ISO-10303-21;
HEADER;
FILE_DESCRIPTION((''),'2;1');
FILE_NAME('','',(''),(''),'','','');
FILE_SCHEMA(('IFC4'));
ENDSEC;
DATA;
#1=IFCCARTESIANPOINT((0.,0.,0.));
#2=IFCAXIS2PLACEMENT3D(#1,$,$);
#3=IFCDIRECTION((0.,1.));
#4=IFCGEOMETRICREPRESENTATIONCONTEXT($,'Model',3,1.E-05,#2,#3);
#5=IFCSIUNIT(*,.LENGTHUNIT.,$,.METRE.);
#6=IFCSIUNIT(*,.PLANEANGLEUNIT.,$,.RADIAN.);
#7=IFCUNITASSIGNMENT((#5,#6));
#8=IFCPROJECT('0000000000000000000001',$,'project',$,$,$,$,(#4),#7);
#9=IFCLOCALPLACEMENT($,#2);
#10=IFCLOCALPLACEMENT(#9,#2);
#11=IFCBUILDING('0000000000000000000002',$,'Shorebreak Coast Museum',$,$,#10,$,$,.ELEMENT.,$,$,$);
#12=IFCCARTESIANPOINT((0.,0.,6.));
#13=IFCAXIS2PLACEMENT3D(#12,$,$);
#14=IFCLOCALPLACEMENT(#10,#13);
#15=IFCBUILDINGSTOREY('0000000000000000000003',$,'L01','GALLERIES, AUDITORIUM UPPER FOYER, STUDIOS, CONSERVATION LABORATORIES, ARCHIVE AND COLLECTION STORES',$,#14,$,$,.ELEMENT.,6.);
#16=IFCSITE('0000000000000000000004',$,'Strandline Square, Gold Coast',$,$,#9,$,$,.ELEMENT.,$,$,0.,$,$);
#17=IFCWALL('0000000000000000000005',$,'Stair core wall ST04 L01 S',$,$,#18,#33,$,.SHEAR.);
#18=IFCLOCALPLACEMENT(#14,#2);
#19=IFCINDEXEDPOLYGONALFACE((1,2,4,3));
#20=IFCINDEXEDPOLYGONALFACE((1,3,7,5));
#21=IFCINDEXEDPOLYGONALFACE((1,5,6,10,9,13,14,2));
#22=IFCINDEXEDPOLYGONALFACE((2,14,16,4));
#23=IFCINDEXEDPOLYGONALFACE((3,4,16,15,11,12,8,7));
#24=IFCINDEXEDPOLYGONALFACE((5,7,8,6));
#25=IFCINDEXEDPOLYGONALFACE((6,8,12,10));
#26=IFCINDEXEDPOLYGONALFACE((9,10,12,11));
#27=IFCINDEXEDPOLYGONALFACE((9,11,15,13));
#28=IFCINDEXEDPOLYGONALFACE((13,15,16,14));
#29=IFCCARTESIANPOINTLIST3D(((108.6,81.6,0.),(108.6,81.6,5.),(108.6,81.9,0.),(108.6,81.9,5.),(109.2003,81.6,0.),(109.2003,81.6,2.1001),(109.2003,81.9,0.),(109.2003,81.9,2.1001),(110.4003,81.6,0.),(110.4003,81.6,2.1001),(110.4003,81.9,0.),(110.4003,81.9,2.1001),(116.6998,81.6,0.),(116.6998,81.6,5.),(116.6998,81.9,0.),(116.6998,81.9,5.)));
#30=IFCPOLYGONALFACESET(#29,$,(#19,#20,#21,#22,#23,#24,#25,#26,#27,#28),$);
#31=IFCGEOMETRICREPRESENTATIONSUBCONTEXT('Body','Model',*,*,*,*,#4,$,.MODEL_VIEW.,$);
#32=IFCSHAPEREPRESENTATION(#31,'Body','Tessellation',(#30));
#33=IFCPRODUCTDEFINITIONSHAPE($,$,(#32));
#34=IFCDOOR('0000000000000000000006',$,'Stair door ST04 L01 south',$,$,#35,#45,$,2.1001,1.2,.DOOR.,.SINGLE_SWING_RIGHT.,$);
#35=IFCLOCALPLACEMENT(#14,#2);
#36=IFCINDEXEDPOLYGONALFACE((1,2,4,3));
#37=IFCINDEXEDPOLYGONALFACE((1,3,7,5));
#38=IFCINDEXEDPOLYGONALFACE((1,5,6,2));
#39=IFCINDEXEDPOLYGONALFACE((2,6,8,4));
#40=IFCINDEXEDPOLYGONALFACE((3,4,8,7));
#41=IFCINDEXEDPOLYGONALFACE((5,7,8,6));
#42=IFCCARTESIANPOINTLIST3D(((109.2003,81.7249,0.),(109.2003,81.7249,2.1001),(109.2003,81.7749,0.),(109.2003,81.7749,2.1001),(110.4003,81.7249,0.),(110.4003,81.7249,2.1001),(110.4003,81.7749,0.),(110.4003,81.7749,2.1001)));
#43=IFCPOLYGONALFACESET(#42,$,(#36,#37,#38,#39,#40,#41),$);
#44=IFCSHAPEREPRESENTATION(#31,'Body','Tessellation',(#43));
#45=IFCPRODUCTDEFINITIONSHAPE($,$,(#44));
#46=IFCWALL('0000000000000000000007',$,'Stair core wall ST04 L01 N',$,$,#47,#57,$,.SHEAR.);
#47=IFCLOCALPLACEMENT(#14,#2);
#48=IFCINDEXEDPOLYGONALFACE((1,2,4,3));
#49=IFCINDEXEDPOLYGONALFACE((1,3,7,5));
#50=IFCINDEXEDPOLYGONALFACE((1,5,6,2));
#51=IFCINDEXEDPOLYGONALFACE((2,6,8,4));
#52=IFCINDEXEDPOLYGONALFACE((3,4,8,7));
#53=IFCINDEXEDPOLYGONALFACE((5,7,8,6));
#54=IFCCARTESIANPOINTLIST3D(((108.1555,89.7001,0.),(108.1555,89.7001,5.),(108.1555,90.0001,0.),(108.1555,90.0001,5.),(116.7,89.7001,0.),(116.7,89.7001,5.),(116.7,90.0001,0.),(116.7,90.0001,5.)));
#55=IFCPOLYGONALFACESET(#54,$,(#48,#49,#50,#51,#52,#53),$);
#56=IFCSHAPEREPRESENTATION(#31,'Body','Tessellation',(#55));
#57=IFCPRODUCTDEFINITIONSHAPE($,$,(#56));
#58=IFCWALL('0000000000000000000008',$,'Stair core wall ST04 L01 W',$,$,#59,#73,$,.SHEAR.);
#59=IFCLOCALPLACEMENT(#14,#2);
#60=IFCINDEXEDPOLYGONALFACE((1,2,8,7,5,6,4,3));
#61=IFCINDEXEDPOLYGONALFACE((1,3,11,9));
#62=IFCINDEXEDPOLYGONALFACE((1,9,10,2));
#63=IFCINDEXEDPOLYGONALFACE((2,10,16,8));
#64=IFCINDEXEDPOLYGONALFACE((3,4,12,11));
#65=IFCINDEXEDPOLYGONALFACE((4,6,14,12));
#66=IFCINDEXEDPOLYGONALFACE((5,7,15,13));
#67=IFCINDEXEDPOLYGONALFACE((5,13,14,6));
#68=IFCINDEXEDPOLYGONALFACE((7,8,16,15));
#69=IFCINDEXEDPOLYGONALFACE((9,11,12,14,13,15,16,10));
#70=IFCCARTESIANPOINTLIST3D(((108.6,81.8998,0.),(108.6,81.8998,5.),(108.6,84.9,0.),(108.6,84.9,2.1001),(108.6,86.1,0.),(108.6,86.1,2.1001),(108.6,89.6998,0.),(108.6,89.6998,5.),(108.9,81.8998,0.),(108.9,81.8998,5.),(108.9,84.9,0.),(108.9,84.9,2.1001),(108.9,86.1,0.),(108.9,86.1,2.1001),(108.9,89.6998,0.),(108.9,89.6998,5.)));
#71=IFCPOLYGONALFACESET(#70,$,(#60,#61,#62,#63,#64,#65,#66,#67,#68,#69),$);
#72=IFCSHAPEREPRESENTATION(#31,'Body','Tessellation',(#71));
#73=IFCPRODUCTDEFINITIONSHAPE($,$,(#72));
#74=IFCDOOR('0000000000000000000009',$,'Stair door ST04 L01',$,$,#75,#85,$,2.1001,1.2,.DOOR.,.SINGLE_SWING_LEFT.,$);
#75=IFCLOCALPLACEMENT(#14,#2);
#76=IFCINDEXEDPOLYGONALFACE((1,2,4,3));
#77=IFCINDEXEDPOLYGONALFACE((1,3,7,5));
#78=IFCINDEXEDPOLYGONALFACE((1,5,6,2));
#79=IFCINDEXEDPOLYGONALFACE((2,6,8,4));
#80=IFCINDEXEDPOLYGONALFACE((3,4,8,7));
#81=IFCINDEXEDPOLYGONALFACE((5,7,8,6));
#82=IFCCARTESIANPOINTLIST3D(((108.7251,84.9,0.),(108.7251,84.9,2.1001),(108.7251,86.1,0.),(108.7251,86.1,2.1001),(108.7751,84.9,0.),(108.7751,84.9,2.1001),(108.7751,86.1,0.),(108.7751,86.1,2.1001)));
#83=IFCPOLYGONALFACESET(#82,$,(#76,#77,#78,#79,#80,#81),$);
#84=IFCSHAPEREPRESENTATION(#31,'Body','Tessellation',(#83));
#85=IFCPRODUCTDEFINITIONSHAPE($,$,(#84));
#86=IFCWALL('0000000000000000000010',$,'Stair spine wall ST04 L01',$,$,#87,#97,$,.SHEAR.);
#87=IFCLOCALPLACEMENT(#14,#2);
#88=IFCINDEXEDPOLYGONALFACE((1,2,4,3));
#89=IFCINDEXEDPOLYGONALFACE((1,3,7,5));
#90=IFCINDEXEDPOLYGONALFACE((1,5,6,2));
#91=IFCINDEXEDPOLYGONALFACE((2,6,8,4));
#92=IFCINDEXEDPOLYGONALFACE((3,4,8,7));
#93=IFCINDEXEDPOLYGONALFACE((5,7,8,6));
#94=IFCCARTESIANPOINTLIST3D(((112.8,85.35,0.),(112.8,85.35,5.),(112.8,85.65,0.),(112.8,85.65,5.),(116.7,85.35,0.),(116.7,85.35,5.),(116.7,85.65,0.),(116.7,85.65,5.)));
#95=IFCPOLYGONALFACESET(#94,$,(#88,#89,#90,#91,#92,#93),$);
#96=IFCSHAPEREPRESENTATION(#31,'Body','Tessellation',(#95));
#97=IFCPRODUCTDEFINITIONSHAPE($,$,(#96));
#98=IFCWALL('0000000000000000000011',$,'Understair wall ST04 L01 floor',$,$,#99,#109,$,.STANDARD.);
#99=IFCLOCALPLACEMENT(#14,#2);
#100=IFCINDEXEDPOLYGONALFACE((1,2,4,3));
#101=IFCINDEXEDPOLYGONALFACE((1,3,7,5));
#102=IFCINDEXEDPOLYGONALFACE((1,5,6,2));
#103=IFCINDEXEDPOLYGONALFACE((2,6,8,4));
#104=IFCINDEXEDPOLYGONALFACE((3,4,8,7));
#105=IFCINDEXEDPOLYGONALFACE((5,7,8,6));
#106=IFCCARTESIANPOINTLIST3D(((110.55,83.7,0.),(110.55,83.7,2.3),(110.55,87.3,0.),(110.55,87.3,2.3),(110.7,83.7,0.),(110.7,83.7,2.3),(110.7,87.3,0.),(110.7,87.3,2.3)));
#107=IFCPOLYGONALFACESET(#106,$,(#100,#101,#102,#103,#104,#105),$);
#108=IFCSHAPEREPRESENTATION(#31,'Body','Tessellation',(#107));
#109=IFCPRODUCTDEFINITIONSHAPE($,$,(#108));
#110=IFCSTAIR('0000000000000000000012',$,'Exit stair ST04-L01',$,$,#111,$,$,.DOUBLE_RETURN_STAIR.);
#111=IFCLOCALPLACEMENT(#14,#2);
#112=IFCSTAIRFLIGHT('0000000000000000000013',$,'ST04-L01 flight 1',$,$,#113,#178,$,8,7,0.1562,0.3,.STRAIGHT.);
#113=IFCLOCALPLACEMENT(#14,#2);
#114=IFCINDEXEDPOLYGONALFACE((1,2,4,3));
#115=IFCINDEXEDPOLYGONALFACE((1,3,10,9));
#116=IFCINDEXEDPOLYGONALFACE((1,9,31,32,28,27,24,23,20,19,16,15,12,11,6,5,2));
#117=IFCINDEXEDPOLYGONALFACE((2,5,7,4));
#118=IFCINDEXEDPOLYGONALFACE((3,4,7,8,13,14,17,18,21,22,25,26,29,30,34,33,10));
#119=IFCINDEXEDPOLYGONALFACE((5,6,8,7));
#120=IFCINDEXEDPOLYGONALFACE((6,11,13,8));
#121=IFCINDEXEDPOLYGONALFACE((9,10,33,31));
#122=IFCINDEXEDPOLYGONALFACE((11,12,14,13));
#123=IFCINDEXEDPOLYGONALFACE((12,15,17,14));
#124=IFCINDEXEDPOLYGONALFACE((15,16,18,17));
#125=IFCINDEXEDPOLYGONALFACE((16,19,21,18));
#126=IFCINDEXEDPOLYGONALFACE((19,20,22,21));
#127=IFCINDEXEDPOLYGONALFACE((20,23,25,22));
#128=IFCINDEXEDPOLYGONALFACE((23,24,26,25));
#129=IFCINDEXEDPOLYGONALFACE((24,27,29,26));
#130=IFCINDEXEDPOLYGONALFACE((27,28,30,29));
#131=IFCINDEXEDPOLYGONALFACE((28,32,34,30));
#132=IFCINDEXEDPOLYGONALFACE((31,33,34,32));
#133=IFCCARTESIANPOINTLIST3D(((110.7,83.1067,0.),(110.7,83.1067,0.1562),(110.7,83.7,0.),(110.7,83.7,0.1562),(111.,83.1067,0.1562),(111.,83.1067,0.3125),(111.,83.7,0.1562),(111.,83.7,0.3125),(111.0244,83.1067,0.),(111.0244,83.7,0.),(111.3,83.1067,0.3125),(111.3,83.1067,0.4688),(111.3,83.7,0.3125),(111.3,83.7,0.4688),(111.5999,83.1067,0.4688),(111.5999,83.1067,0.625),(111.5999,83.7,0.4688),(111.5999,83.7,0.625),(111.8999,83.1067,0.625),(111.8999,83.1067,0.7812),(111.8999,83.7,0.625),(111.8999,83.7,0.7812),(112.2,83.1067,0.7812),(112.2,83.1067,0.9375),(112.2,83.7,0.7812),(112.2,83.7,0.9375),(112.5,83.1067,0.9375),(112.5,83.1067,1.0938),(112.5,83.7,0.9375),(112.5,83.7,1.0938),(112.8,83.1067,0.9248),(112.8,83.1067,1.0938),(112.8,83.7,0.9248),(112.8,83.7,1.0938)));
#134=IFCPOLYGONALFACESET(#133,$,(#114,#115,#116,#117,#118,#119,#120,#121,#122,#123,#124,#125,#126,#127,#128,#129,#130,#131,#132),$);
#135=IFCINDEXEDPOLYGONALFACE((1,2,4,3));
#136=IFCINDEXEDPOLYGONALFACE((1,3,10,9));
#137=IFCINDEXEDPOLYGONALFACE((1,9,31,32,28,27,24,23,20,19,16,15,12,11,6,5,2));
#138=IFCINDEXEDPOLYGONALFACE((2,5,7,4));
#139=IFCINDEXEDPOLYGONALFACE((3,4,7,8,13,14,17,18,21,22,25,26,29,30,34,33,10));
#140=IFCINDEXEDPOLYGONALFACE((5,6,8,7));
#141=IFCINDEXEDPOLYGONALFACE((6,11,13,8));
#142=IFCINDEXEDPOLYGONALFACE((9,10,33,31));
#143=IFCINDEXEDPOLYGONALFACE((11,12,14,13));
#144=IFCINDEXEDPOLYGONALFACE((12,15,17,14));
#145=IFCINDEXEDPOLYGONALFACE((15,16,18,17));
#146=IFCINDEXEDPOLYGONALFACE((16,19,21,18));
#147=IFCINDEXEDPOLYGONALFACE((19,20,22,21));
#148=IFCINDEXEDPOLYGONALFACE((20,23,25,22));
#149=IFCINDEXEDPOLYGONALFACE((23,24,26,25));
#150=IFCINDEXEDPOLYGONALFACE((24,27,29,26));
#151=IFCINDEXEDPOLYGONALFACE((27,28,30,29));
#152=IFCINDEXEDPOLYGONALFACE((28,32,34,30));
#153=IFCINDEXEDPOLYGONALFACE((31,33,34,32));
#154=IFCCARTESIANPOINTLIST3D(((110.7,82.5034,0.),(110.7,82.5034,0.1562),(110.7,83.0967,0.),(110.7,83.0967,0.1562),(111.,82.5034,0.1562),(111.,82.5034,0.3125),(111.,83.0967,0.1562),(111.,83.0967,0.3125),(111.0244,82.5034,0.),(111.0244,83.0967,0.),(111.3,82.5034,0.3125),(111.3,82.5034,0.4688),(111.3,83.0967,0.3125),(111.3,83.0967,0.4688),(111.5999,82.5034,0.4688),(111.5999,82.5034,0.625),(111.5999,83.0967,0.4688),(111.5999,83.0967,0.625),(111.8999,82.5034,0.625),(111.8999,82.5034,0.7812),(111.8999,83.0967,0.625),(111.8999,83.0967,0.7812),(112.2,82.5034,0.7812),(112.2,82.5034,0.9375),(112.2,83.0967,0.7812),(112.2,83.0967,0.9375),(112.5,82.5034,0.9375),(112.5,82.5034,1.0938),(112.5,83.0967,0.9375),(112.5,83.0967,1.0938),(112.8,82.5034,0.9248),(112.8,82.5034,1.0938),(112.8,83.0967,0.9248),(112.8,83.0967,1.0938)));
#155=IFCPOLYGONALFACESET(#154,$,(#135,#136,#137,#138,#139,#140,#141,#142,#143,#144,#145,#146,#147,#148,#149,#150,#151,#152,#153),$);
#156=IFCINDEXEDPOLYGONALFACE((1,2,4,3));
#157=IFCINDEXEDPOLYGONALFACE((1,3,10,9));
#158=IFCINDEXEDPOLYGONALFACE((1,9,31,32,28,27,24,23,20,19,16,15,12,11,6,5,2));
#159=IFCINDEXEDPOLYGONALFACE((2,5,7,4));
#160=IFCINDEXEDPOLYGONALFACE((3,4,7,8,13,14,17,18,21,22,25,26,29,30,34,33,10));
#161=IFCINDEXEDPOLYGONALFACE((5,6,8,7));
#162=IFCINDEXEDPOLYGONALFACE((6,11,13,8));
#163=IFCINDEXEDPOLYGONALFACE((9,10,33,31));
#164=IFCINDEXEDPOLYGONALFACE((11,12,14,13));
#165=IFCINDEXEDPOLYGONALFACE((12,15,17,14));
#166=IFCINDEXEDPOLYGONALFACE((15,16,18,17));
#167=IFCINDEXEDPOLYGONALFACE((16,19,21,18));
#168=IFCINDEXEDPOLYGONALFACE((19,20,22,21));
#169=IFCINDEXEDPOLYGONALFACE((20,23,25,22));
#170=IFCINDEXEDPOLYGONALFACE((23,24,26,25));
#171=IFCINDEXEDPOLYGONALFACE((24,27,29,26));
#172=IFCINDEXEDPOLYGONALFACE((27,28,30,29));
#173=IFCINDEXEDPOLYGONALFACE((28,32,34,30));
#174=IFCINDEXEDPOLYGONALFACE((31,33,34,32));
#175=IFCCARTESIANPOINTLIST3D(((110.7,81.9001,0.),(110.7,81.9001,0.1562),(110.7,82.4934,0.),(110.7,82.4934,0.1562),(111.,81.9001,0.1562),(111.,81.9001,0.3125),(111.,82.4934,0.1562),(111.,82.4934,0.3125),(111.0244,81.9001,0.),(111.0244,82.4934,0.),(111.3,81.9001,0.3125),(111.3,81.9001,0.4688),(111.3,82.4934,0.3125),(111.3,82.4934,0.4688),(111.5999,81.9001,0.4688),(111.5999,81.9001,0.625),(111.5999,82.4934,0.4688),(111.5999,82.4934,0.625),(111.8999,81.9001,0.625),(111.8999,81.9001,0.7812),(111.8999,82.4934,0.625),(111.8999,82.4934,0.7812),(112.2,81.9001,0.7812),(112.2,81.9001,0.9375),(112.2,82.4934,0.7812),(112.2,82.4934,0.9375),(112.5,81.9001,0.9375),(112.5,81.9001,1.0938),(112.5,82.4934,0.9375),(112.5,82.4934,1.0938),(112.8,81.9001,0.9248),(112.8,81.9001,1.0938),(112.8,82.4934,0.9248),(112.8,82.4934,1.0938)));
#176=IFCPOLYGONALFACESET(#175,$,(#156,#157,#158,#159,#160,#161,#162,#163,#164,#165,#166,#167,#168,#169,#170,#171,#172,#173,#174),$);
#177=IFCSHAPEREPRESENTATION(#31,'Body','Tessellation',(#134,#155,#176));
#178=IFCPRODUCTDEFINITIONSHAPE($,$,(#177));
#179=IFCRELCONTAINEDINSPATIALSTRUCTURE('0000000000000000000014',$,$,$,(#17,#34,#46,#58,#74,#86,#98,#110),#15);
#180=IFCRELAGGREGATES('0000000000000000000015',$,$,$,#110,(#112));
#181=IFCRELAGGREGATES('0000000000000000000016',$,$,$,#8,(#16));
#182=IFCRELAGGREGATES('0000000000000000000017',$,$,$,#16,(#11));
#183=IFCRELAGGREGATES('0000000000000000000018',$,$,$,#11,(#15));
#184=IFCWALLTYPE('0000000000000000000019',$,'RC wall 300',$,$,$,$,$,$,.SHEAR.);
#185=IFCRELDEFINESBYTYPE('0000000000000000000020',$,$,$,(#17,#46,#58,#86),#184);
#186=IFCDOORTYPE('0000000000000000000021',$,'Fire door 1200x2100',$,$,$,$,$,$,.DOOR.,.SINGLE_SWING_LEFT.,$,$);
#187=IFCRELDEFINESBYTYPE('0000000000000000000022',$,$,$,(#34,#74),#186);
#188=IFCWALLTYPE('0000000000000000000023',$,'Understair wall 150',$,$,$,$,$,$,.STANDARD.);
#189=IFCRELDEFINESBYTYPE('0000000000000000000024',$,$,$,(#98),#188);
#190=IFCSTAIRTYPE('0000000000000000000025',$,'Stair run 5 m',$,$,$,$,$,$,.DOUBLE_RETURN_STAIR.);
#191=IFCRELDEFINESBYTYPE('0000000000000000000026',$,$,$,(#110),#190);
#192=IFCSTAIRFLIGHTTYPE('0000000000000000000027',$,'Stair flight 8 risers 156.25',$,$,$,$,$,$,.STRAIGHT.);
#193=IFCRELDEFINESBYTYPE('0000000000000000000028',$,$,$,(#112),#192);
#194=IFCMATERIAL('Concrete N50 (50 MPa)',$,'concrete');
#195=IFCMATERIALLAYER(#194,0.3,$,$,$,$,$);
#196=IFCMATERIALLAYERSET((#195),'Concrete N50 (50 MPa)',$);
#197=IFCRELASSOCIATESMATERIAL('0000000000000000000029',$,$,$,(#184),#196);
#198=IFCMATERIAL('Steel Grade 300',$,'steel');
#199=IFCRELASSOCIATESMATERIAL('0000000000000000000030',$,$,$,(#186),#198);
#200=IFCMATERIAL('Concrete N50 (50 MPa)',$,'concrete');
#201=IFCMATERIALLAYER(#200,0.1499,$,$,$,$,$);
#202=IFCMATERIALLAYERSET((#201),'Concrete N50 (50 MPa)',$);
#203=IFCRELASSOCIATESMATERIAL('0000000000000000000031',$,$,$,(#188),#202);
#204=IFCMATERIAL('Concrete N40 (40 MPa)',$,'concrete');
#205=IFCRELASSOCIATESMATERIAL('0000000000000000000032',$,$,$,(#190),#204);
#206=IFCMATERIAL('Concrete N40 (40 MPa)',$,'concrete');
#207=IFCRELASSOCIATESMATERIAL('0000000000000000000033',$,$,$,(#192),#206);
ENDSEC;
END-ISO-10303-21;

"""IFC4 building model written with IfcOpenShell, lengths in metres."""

from ifc_helpers import new_model, si_unit, direction, frame, frame_2d, origin, place, context, subcontext, project, spatial, polyline, rectangle, outline, extrude, material, layer, layer_set, type_object, element, fill, aggregate, save


model = new_model("IFC4")

# Units and contexts
model_context = context("Model", 3, precision=1e-05, world=origin(), true_north=direction((0.0, 1.0)))
body_context = subcontext(model_context, "Body", "Model", "MODEL_VIEW")
ifc_project = project(units=[si_unit("LENGTHUNIT", "METRE"), si_unit("PLANEANGLEUNIT", "RADIAN")], contexts=[model_context])

# Site, building, storey
site_placement = place(None, origin())
site = spatial("IfcSite", under=ifc_project, at=site_placement, Name="Strandline Square, Gold Coast", CompositionType="ELEMENT", RefElevation=0.0)
building_placement = place(site_placement, origin())
building = spatial("IfcBuilding", under=site, at=building_placement, Name="Shorebreak Coast Museum", CompositionType="ELEMENT")
storey_placement = place(building_placement, frame((0.0, 0.0, 6.0)))
storey = spatial("IfcBuildingStorey", under=building, at=storey_placement, Name="L01", Description="GALLERIES, AUDITORIUM UPPER FOYER, STUDIOS, CONSERVATION LABORATORIES, ARCHIVE AND COLLECTION STORES", CompositionType="ELEMENT", Elevation=6.0)

# Wall, opening, door
ifc_material_1 = material(Name="Concrete N50 (50 MPa)", Category="concrete")
ifc_layer_1 = layer(ifc_material_1, 0.3)
ifc_layer_set_1 = layer_set([ifc_layer_1], Name="Concrete N50 (50 MPa)")
wall_type_1 = type_object("IfcWallType", Name="RC wall 300", PredefinedType="SHEAR", material=ifc_layer_set_1)
wall_1_placement = place(storey_placement, frame((108.6001, 81.75, 0.0), z_axis=(0.0, 0.0, 1.0), x_axis=(1.0, 0.0, 0.0)))
wall_1 = element("IfcWall", 1, at=wall_1_placement, inside=storey, type_object=wall_type_1, Name="Stair core wall ST04 L01 S", PredefinedType="SHEAR", context=body_context, shape_type="SweptSolid", body=[
    extrude(rectangle(XDim=8.0999, YDim=0.3, at=frame_2d((4.0498, 0.0))), origin(), (0.0, 0.0, 1.0), 5.0),
])
opening_1_placement = place(wall_1_placement, frame((0.6001, 0.0, 0.0)))
opening_1 = element("IfcOpeningElement", 2, at=opening_1_placement, cuts=wall_1, PredefinedType="OPENING", context=body_context, shape_type="SweptSolid", body=[
    extrude(rectangle(XDim=1.2, YDim=2.1001, at=frame_2d((0.6001, 1.05))), frame((0.0, 0.1599, 0.0), z_axis=(0.0, -1.0, 0.0), x_axis=(1.0, 0.0, 0.0)), (0.0, 0.0, 1.0), 0.3201),
])
ifc_material_2 = material(Name="Steel Grade 300", Category="steel")
door_type = type_object("IfcDoorType", Name="Fire door 1200x2100", OperationType="SINGLE_SWING_LEFT", PredefinedType="DOOR", material=ifc_material_2)
door_1_placement = place(opening_1_placement, origin())
door_1 = element("IfcDoor", 3, at=door_1_placement, inside=storey, type_object=door_type, Name="Stair door ST04 L01 south", OperationType="SINGLE_SWING_RIGHT", OverallHeight=2.1001, OverallWidth=1.2, PredefinedType="DOOR", context=body_context, shape_type="SweptSolid", body=[
    extrude(rectangle(XDim=1.2, YDim=2.1001, at=frame_2d((0.6001, 1.05))), frame((0.0, 0.0249, 0.0), z_axis=(0.0, -1.0, 0.0), x_axis=(1.0, 0.0, 0.0)), (0.0, 0.0, 1.0), 0.05),
])
fill(opening_1, door_1)

# Wall
wall_2_placement = place(storey_placement, frame((108.1555, 89.8501, 0.0), z_axis=(0.0, 0.0, 1.0), x_axis=(1.0, 0.0, 0.0)))
element("IfcWall", 4, at=wall_2_placement, inside=storey, type_object=wall_type_1, Name="Stair core wall ST04 L01 N", PredefinedType="SHEAR", context=body_context, shape_type="SweptSolid", body=[
    extrude(rectangle(XDim=8.5444, YDim=0.3, at=frame_2d((4.2722, 0.0))), origin(), (0.0, 0.0, 1.0), 5.0),
])

# Wall, opening, door
wall_3_placement = place(storey_placement, frame((108.75, 81.8999, 0.0), z_axis=(0.0, 0.0, 1.0), x_axis=(0.0, 1.0, 0.0)))
wall_3 = element("IfcWall", 5, at=wall_3_placement, inside=storey, type_object=wall_type_1, Name="Stair core wall ST04 L01 W", PredefinedType="SHEAR", context=body_context, shape_type="SweptSolid", body=[
    extrude(rectangle(XDim=7.8, YDim=0.3, at=frame_2d((3.8999, 0.0))), origin(), (0.0, 0.0, 1.0), 5.0),
])
opening_2_placement = place(wall_3_placement, frame((3.0, 0.0, 0.0)))
opening_2 = element("IfcOpeningElement", 6, at=opening_2_placement, cuts=wall_3, PredefinedType="OPENING", context=body_context, shape_type="SweptSolid", body=[
    extrude(rectangle(XDim=1.2, YDim=2.1001, at=frame_2d((0.6001, 1.05))), frame((0.0, 0.1599, 0.0), z_axis=(0.0, -1.0, 0.0), x_axis=(1.0, 0.0, 0.0)), (0.0, 0.0, 1.0), 0.3201),
])
door_2_placement = place(opening_2_placement, origin())
door_2 = element("IfcDoor", 7, at=door_2_placement, inside=storey, type_object=door_type, Name="Stair door ST04 L01", OperationType="SINGLE_SWING_LEFT", OverallHeight=2.1001, OverallWidth=1.2, PredefinedType="DOOR", context=body_context, shape_type="SweptSolid", body=[
    extrude(rectangle(XDim=1.2, YDim=2.1001, at=frame_2d((0.6001, 1.05))), frame((0.0, 0.0249, 0.0), z_axis=(0.0, -1.0, 0.0), x_axis=(1.0, 0.0, 0.0)), (0.0, 0.0, 1.0), 0.05),
])
fill(opening_2, door_2)

# Walls
wall_4_placement = place(storey_placement, frame((112.8, 85.5, 0.0), z_axis=(0.0, 0.0, 1.0), x_axis=(1.0, 0.0, 0.0)))
element("IfcWall", 8, at=wall_4_placement, inside=storey, type_object=wall_type_1, Name="Stair spine wall ST04 L01", PredefinedType="SHEAR", context=body_context, shape_type="SweptSolid", body=[
    extrude(rectangle(XDim=3.8999, YDim=0.3, at=frame_2d((1.95, 0.0))), origin(), (0.0, 0.0, 1.0), 5.0),
])
ifc_material_3 = material(Name="Concrete N50 (50 MPa)", Category="concrete")
ifc_layer_2 = layer(ifc_material_3, 0.1499)
ifc_layer_set_2 = layer_set([ifc_layer_2], Name="Concrete N50 (50 MPa)")
wall_type_2 = type_object("IfcWallType", Name="Understair wall 150", PredefinedType="STANDARD", material=ifc_layer_set_2)
wall_5_placement = place(storey_placement, frame((110.625, 83.7, 0.0), z_axis=(0.0, 0.0, 1.0), x_axis=(0.0, 1.0, 0.0)))
element("IfcWall", 9, at=wall_5_placement, inside=storey, type_object=wall_type_2, Name="Understair wall ST04 L01 floor", PredefinedType="STANDARD", context=body_context, shape_type="SweptSolid", body=[
    extrude(rectangle(XDim=3.6001, YDim=0.1499, at=frame_2d((1.8, 0.0))), origin(), (0.0, 0.0, 1.0), 2.3),
])

# Stair, stair flight
ifc_material_4 = material(Name="Concrete N40 (40 MPa)", Category="concrete")
stair_type = type_object("IfcStairType", Name="Stair run 5 m", PredefinedType="DOUBLE_RETURN_STAIR", material=ifc_material_4)
stair_placement = place(storey_placement, origin())
stair = element("IfcStair", 10, at=stair_placement, inside=storey, type_object=stair_type, Name="Exit stair ST04-L01", PredefinedType="DOUBLE_RETURN_STAIR")
ifc_material_5 = material(Name="Concrete N40 (40 MPa)", Category="concrete")
stair_flight_type = type_object("IfcStairFlightType", Name="Stair flight 8 risers 156.25", PredefinedType="STRAIGHT", material=ifc_material_5)
stair_flight_1_placement = place(storey_placement, frame((110.7, 82.8, 0.0), z_axis=(0.0, 0.0, 1.0), x_axis=(1.0, 0.0, 0.0)))
stair_flight_1 = element("IfcStairFlight", 11, at=stair_flight_1_placement, type_object=stair_flight_type, Name="ST04-L01 flight 1", NumberOfRisers=8, NumberOfTreads=7, PredefinedType="STRAIGHT", RiserHeight=0.1562, TreadLength=0.3, context=body_context, shape_type="SweptSolid", body=[
    extrude(outline(polyline([(0.0, 0.0), (0.0, 0.1562), (0.3, 0.1562), (0.3, 0.3125), (0.6001, 0.3125), (0.6001, 0.4688), (0.8999, 0.4688), (0.8999, 0.625), (1.2, 0.625), (1.2, 0.7812), (1.5, 0.7812), (1.5, 0.9375), (1.8, 0.9375), (1.8, 1.0938), (2.1001, 1.0938), (2.1001, 1.25), (2.1001, 0.9248), (0.3245, 0.0), (0.0, 0.0)])), frame((0.0, 0.8999, 0.0), z_axis=(0.0, -1.0, 0.0), x_axis=(1.0, 0.0, 0.0)), (0.0, 0.0, 1.0), 0.5933),
    extrude(outline(polyline([(0.0, 0.0), (0.0, 0.1562), (0.3, 0.1562), (0.3, 0.3125), (0.6001, 0.3125), (0.6001, 0.4688), (0.8999, 0.4688), (0.8999, 0.625), (1.2, 0.625), (1.2, 0.7812), (1.5, 0.7812), (1.5, 0.9375), (1.8, 0.9375), (1.8, 1.0938), (2.1001, 1.0938), (2.1001, 1.25), (2.1001, 0.9248), (0.3245, 0.0), (0.0, 0.0)])), frame((0.0, 0.2966, 0.0), z_axis=(0.0, -1.0, 0.0), x_axis=(1.0, 0.0, 0.0)), (0.0, 0.0, 1.0), 0.5933),
    extrude(outline(polyline([(0.0, 0.0), (0.0, 0.1562), (0.3, 0.1562), (0.3, 0.3125), (0.6001, 0.3125), (0.6001, 0.4688), (0.8999, 0.4688), (0.8999, 0.625), (1.2, 0.625), (1.2, 0.7812), (1.5, 0.7812), (1.5, 0.9375), (1.8, 0.9375), (1.8, 1.0938), (2.1001, 1.0938), (2.1001, 1.25), (2.1001, 0.9248), (0.3245, 0.0), (0.0, 0.0)])), frame((0.0, -0.3066, 0.0), z_axis=(0.0, -1.0, 0.0), x_axis=(1.0, 0.0, 0.0)), (0.0, 0.0, 1.0), 0.5933),
])
aggregate(stair, [stair_flight_1])

save(model, "model.ifc")
